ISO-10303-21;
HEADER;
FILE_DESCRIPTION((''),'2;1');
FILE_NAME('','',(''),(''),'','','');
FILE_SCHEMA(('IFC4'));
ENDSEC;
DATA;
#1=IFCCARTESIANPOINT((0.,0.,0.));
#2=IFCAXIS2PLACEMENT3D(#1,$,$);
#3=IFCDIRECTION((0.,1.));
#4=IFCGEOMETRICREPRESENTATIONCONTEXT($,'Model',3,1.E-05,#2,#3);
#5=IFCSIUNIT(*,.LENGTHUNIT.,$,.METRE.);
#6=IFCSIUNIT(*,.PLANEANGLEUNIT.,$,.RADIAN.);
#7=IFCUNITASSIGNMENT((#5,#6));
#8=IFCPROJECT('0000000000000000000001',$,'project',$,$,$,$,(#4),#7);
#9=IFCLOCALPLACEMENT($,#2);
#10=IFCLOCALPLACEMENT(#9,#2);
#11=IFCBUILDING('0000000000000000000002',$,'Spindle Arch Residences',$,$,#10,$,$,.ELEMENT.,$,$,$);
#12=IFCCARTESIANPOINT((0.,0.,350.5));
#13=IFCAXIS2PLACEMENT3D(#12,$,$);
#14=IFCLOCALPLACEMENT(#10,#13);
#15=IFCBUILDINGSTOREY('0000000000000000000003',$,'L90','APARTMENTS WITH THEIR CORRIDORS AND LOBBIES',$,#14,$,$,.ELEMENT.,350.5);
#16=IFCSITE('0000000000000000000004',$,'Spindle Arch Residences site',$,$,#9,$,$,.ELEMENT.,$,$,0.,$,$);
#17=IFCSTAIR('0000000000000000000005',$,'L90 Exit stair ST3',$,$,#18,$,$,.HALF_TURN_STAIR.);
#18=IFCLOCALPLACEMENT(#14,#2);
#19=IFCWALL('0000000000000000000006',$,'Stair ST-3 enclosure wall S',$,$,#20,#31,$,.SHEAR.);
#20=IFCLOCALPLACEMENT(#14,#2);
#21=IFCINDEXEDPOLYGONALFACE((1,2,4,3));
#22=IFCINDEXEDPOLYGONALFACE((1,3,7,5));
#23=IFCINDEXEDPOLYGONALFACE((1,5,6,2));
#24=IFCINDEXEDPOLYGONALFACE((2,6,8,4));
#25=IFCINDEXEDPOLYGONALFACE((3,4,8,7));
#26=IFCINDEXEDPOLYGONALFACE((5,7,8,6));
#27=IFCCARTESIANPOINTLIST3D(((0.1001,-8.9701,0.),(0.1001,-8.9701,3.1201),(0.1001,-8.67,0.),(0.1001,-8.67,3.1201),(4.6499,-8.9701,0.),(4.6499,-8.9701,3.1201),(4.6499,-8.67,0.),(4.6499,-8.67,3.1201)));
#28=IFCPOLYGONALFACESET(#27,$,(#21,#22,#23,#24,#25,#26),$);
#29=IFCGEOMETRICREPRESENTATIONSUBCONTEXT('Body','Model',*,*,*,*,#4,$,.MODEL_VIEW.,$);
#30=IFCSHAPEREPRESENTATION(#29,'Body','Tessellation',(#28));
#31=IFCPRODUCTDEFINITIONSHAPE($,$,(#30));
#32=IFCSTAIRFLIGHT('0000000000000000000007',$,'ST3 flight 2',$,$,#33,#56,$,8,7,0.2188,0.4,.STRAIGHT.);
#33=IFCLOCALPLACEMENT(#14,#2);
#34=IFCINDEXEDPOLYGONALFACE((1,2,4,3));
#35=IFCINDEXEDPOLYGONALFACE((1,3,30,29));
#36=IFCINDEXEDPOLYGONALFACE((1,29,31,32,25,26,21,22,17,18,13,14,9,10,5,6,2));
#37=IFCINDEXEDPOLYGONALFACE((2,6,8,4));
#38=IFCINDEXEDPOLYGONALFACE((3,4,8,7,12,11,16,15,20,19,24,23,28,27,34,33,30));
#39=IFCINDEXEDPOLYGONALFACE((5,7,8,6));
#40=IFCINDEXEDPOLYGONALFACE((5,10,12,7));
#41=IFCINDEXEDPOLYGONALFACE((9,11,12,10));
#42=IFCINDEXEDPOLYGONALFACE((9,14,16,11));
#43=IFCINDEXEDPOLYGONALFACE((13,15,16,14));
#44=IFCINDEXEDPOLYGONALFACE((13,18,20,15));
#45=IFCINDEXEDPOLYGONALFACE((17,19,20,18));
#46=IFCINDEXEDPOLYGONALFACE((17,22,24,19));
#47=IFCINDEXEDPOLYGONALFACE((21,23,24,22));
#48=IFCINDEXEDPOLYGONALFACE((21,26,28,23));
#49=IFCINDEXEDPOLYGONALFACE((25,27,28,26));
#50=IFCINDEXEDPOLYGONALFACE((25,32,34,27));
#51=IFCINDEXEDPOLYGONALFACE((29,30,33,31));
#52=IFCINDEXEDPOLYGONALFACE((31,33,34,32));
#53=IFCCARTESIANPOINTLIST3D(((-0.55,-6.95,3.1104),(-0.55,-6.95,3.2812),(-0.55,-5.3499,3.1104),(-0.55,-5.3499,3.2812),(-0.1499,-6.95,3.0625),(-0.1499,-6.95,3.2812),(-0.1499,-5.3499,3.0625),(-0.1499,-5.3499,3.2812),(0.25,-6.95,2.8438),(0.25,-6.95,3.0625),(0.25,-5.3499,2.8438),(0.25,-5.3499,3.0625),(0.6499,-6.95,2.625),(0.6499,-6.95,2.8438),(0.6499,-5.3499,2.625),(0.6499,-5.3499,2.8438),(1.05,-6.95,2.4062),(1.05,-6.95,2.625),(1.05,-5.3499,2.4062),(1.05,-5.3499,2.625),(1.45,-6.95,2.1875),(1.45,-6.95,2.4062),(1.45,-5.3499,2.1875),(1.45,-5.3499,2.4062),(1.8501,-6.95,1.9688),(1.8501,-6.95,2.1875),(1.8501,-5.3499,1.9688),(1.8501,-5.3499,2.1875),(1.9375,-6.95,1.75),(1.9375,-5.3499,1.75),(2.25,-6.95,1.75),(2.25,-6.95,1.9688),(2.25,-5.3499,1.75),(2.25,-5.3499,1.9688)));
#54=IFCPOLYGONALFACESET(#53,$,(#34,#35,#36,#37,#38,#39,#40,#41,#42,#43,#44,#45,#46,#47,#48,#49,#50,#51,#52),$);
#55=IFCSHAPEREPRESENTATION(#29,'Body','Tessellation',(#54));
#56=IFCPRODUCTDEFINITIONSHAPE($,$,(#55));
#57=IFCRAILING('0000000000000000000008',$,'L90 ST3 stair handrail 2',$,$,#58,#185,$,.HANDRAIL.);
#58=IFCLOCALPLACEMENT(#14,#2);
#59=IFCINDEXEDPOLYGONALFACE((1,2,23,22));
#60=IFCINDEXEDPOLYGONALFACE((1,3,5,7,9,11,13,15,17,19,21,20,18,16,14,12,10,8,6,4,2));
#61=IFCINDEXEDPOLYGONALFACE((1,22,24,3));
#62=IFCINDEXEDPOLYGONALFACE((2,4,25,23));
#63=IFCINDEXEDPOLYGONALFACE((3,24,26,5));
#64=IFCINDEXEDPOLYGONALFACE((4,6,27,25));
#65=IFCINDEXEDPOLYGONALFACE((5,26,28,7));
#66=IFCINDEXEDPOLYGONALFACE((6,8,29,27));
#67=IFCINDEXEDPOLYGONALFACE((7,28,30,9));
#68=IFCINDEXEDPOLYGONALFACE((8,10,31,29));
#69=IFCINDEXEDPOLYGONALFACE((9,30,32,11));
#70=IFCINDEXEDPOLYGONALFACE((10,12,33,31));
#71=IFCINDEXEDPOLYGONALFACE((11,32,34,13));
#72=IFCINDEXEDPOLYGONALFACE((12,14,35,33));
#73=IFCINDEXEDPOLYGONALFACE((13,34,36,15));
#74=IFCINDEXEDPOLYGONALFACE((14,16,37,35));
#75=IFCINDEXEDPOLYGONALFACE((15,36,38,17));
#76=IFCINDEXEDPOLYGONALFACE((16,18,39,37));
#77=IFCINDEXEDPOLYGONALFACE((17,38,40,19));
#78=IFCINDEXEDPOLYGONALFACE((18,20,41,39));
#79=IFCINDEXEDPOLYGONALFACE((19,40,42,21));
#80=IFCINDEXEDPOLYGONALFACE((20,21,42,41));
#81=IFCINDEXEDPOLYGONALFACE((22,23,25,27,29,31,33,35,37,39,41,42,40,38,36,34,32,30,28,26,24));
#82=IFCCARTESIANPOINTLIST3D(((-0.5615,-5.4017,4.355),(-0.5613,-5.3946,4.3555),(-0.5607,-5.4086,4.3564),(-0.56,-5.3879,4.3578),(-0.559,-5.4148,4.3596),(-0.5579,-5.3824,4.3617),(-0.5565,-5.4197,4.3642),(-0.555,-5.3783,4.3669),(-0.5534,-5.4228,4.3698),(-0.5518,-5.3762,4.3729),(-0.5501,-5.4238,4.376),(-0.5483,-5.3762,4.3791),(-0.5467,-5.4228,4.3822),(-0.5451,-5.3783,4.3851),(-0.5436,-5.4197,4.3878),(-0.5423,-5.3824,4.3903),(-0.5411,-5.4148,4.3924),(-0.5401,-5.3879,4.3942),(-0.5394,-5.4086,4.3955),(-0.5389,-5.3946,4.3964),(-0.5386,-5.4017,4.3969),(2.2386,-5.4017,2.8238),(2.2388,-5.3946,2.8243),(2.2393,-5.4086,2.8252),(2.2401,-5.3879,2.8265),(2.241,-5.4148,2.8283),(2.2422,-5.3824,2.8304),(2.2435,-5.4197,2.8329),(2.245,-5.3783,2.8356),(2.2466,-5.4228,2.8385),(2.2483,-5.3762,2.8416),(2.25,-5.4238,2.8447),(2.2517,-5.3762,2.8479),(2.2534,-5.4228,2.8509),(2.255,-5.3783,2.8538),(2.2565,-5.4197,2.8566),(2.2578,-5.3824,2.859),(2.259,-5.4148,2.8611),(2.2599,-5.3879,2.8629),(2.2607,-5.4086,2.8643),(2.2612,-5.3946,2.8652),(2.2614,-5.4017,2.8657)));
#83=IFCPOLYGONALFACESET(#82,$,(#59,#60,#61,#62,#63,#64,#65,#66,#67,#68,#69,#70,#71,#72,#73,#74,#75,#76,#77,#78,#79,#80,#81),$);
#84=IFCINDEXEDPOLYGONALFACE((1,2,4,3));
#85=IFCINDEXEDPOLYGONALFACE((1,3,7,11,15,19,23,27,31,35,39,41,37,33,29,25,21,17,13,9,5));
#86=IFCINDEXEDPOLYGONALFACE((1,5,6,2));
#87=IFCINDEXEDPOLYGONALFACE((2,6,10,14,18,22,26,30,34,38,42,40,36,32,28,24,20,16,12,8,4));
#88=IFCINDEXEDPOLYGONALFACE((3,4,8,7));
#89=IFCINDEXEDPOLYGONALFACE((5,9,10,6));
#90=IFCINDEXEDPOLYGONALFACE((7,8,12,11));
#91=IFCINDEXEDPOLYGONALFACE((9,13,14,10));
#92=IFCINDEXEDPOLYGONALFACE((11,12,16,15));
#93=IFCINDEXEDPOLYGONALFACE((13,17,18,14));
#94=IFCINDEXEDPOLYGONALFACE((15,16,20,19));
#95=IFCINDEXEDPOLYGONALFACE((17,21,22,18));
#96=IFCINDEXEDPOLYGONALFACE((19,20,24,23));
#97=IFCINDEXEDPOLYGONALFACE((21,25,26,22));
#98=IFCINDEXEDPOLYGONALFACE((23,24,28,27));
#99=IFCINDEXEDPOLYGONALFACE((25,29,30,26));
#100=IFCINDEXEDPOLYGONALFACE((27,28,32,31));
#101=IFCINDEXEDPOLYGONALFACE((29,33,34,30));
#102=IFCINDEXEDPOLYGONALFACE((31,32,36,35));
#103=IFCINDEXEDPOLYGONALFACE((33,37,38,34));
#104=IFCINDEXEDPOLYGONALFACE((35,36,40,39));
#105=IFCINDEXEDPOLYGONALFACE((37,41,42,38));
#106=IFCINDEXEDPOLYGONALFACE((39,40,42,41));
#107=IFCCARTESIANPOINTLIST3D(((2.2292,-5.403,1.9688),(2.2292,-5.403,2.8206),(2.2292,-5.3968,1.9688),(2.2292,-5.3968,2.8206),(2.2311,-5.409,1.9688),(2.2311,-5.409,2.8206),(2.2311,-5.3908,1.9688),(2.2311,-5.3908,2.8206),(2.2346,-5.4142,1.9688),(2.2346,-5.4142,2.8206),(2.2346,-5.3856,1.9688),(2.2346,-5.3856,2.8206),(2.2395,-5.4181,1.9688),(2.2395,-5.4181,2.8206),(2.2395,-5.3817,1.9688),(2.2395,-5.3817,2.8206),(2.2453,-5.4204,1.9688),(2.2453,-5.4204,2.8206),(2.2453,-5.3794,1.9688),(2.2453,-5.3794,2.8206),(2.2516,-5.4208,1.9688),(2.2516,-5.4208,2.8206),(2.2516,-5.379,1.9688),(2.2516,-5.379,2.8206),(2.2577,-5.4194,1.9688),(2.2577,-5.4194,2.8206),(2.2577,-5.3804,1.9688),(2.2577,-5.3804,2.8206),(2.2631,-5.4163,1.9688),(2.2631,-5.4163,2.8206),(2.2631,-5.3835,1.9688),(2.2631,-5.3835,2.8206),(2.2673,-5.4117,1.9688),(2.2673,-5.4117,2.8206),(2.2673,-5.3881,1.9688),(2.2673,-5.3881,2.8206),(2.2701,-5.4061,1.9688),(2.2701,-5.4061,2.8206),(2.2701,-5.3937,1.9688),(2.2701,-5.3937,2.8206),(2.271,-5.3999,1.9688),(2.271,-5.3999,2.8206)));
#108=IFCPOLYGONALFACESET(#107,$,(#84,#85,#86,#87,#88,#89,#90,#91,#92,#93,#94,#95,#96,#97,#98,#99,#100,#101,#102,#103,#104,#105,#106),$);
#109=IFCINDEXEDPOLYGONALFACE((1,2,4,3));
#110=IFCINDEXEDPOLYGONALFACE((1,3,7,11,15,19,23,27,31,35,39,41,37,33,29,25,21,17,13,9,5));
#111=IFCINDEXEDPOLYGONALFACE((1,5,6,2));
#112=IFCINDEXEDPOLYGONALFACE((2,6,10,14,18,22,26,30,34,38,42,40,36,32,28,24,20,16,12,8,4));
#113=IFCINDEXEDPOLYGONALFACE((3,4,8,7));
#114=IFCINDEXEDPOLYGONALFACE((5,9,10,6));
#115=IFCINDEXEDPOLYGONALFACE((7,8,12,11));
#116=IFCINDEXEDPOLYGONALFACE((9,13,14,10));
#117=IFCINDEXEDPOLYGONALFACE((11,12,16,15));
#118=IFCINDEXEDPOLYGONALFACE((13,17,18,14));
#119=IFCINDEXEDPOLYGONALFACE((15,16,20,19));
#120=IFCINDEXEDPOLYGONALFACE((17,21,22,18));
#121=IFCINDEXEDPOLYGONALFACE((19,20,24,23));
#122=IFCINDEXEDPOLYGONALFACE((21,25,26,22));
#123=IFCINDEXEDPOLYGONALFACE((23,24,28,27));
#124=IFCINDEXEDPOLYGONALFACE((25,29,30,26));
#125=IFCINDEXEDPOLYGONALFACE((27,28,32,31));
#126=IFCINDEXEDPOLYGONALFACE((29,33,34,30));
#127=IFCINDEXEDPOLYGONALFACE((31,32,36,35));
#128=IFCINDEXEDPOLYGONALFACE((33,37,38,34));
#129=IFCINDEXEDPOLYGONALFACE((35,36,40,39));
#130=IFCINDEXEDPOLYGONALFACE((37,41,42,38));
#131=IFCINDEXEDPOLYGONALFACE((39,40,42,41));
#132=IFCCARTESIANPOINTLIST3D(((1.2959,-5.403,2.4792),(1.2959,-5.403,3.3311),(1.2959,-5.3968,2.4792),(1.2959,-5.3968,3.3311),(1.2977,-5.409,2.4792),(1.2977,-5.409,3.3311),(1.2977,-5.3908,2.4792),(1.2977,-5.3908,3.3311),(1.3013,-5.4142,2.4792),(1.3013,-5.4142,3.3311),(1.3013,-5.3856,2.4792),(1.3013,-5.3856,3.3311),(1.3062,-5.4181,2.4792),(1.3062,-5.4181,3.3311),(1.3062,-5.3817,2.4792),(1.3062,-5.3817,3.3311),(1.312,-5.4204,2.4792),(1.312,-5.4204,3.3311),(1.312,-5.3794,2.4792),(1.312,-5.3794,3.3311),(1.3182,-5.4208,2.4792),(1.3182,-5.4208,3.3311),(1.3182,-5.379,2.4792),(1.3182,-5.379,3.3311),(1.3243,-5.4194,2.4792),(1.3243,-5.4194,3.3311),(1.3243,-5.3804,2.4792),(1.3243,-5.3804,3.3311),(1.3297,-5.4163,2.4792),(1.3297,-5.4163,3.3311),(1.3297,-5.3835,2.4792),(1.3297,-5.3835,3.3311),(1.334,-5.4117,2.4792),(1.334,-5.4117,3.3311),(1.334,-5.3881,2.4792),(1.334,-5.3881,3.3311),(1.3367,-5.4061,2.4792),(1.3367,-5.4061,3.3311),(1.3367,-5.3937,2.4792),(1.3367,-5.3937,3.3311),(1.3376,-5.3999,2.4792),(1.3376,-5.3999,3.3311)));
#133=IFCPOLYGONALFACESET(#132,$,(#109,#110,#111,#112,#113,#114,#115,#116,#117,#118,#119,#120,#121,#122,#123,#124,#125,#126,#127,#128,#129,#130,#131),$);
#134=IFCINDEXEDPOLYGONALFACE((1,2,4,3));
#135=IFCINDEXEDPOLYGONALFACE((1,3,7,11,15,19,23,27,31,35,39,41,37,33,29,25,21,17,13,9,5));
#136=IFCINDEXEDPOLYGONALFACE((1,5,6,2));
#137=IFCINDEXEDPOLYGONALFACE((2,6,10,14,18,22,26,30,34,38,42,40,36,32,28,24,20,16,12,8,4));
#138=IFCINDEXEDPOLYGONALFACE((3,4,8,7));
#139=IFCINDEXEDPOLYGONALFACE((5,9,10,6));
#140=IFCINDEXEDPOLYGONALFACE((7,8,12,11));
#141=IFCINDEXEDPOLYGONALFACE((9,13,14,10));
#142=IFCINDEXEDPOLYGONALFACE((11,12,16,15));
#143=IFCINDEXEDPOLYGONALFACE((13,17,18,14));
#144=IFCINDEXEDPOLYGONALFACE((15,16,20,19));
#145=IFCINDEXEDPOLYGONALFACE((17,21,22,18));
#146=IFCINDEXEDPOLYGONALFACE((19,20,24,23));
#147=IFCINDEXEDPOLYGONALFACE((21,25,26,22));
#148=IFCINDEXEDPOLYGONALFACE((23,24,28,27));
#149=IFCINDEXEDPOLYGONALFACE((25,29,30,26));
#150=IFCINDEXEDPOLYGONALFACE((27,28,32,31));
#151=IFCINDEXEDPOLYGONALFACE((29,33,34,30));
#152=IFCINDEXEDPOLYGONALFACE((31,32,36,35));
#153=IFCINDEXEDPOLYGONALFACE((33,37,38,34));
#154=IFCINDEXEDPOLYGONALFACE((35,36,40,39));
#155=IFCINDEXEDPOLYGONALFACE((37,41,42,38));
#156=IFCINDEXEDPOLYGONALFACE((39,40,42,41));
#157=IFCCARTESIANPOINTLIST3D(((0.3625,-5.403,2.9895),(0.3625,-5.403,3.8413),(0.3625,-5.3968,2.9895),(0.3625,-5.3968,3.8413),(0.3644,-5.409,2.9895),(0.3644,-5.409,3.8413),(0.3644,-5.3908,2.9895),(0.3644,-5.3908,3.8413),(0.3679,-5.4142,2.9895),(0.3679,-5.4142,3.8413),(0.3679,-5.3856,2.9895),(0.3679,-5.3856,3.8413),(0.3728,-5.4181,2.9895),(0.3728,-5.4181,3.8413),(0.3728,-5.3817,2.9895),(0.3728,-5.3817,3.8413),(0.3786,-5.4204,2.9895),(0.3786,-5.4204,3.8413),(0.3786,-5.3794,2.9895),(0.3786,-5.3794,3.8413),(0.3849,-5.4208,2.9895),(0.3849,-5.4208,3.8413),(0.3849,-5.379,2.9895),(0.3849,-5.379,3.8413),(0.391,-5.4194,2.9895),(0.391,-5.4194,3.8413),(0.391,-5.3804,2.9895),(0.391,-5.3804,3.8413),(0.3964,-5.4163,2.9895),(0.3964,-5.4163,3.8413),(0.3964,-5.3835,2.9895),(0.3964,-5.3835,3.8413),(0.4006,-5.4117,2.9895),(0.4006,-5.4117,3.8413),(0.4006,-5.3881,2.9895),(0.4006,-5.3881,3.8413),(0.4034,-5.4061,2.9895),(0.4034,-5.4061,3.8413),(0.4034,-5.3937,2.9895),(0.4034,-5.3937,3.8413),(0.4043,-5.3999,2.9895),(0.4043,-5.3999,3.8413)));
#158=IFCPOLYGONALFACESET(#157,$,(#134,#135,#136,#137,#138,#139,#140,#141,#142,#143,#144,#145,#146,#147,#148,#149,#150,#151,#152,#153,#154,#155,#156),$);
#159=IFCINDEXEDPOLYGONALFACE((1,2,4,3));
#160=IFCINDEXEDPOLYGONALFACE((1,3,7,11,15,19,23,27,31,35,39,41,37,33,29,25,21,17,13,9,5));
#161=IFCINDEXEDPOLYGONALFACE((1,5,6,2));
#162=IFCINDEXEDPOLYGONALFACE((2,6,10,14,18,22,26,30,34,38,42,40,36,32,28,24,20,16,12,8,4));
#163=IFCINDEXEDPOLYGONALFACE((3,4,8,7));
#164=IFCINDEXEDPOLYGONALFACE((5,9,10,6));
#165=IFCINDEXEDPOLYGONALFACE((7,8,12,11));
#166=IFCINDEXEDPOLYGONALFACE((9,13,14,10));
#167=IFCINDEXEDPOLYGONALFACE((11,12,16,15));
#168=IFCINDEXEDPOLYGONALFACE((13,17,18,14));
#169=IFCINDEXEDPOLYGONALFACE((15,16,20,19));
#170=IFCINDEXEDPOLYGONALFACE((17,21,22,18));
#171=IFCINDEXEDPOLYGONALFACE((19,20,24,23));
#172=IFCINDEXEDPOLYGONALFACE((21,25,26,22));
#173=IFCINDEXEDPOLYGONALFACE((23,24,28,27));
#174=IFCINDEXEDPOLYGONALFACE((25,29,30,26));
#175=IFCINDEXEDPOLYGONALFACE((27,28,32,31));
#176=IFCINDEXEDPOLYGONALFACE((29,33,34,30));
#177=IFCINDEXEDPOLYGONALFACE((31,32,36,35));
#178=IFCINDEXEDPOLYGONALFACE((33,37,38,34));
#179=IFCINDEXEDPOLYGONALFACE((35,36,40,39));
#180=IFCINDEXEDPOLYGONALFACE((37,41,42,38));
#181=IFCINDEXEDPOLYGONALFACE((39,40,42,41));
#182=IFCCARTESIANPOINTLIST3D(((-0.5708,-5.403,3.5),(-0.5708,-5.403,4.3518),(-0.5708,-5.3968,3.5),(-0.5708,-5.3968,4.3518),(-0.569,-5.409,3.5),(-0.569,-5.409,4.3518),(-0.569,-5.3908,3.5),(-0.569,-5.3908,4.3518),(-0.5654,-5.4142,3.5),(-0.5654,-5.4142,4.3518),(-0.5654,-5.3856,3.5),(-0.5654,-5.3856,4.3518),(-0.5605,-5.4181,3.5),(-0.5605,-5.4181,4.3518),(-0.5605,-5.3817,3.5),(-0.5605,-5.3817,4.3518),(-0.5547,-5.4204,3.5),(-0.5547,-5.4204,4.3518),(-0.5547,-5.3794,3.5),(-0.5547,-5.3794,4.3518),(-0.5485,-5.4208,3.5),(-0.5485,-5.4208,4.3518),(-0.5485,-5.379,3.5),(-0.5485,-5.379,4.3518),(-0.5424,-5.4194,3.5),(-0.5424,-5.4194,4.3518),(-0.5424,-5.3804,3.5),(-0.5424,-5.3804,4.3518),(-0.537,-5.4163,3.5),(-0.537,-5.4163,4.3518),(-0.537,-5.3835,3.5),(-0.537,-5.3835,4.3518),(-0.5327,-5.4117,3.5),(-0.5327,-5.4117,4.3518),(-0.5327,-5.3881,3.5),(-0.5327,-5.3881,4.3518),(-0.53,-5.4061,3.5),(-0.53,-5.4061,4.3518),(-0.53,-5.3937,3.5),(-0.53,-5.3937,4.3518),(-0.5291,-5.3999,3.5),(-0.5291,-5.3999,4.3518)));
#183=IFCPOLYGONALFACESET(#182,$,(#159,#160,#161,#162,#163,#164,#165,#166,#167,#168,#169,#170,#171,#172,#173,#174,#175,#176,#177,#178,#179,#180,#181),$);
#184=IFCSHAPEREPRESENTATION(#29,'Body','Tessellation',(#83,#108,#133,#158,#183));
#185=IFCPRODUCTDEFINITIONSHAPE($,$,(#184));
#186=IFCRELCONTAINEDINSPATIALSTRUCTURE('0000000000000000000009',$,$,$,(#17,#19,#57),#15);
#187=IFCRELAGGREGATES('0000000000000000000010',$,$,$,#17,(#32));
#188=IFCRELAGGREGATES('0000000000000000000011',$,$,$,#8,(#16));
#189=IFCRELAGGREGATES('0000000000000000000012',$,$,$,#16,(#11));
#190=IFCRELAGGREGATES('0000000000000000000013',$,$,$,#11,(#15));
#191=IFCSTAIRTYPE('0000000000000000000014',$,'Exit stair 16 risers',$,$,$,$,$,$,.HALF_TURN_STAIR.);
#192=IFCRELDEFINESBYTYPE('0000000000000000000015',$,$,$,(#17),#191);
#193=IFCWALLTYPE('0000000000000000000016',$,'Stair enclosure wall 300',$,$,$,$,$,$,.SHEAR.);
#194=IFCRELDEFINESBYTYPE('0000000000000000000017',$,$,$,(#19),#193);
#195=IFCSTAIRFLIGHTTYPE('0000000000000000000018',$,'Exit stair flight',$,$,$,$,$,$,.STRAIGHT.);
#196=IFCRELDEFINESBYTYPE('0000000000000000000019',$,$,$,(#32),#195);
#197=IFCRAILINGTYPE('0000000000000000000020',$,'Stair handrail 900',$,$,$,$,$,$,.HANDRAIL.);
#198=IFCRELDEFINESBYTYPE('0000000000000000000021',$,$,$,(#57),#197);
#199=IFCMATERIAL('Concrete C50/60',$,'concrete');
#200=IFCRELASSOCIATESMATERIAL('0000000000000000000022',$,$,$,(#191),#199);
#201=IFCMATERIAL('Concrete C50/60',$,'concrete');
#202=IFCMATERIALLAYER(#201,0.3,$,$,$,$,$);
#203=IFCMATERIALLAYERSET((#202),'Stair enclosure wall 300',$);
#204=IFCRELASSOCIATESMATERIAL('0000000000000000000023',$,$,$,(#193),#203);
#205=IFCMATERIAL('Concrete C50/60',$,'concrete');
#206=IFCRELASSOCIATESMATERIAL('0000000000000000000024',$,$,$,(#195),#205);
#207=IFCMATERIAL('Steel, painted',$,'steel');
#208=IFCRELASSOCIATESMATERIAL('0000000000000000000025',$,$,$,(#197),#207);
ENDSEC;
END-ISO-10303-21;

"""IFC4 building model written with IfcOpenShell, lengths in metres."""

from ifc_helpers import new_model, si_unit, direction, frame, frame_2d, origin, origin_2d, place, context, subcontext, project, spatial, polyline, rectangle, circle, outline, extrude, material, layer, layer_set, type_object, element, aggregate, save


model = new_model("IFC4")

# Units and contexts
model_context = context("Model", 3, precision=1e-05, world=origin(), true_north=direction((0.0, 1.0)))
body_context = subcontext(model_context, "Body", "Model", "MODEL_VIEW")
ifc_project = project(units=[si_unit("LENGTHUNIT", "METRE"), si_unit("PLANEANGLEUNIT", "RADIAN")], contexts=[model_context])

# Site, building, storey
site_placement = place(None, origin())
site = spatial("IfcSite", under=ifc_project, at=site_placement, Name="Spindle Arch Residences site", CompositionType="ELEMENT", RefElevation=0.0)
building_placement = place(site_placement, origin())
building = spatial("IfcBuilding", under=site, at=building_placement, Name="Spindle Arch Residences", CompositionType="ELEMENT")
storey_placement = place(building_placement, frame((0.0, 0.0, 350.5)))
storey = spatial("IfcBuildingStorey", under=building, at=storey_placement, Name="L90", Description="APARTMENTS WITH THEIR CORRIDORS AND LOBBIES", CompositionType="ELEMENT", Elevation=350.5)

# Stair
ifc_material_1 = material(Name="Concrete C50/60", Category="concrete")
stair_type = type_object("IfcStairType", Name="Exit stair 16 risers", PredefinedType="HALF_TURN_STAIR", material=ifc_material_1)
stair_1_placement = place(storey_placement, origin())
stair_1 = element("IfcStair", 1, at=stair_1_placement, inside=storey, type_object=stair_type, Name="L90 Exit stair ST3", PredefinedType="HALF_TURN_STAIR")

# Wall
ifc_material_2 = material(Name="Concrete C50/60", Category="concrete")
ifc_layer_1 = layer(ifc_material_2, 0.3)
ifc_layer_set_1 = layer_set([ifc_layer_1], Name="Stair enclosure wall 300")
wall_type_1 = type_object("IfcWallType", Name="Stair enclosure wall 300", PredefinedType="SHEAR", material=ifc_layer_set_1)
wall_1_placement = place(storey_placement, frame((0.1001, -8.8201, 0.0), z_axis=(0.0, 0.0, 1.0), x_axis=(1.0, 0.0, 0.0)))
element("IfcWall", 2, at=wall_1_placement, inside=storey, type_object=wall_type_1, Name="Stair ST-3 enclosure wall S", PredefinedType="SHEAR", context=body_context, shape_type="SweptSolid", body=[
    extrude(rectangle(XDim=4.5498, YDim=0.3, at=frame_2d((2.2749, 0.0))), origin(), (0.0, 0.0, 1.0), 3.1201),
])

# Stair flight
ifc_material_3 = material(Name="Concrete C50/60", Category="concrete")
stair_flight_type = type_object("IfcStairFlightType", Name="Exit stair flight", PredefinedType="STRAIGHT", material=ifc_material_3)
stair_flight_placement = place(storey_placement, frame((2.25, -6.1499, 1.75), z_axis=(0.0, 0.0, 1.0), x_axis=(-1.0, 0.0, 0.0)))
stair_flight = element("IfcStairFlight", 3, at=stair_flight_placement, type_object=stair_flight_type, Name="ST3 flight 2", NumberOfRisers=8, NumberOfTreads=7, PredefinedType="STRAIGHT", RiserHeight=0.2188, TreadLength=0.4, context=body_context, shape_type="SweptSolid", body=[
    extrude(outline(polyline([(0.0, 0.0), (0.0, 0.2188), (0.3999, 0.2188), (0.3999, 0.4375), (0.8, 0.4375), (0.8, 0.6562), (1.2, 0.6562), (1.2, 0.875), (1.6001, 0.875), (1.6001, 1.0938), (2.0, 1.0938), (2.0, 1.3125), (2.3999, 1.3125), (2.3999, 1.5312), (2.8, 1.5312), (2.8, 1.75), (2.8, 1.3604), (0.3125, 0.0), (0.0, 0.0)])), frame((0.0, 0.8, 0.0), z_axis=(0.0, -1.0, 0.0), x_axis=(1.0, 0.0, 0.0)), (0.0, 0.0, 1.0), 1.6001),
])
aggregate(stair_1, [stair_flight])

# Railing
ifc_material_4 = material(Name="Steel, painted", Category="steel")
railing_type = type_object("IfcRailingType", Name="Stair handrail 900", PredefinedType="HANDRAIL", material=ifc_material_4)
railing_placement = place(storey_placement, frame((2.25, -5.3999, 1.9688)))
element("IfcRailing", 4, at=railing_placement, inside=storey, type_object=railing_type, Name="L90 ST3 stair handrail 2", PredefinedType="HANDRAIL", context=body_context, shape_type="SweptSolid", body=[
    extrude(circle(Radius=0.0239, at=origin_2d()), frame((0.0, 0.0, 0.876), z_axis=(-0.877375, 0.0, 0.479806), x_axis=(0.0, -1.0, 0.0)), (0.0, 0.0, 1.0), 3.1914),
    extrude(circle(Radius=0.021, at=origin_2d()), origin(), (0.0, 0.0, 1.0), 0.8518),
    extrude(circle(Radius=0.021, at=origin_2d()), frame((-0.9333, 0.0, 0.5105)), (0.0, 0.0, 1.0), 0.8518),
    extrude(circle(Radius=0.021, at=origin_2d()), frame((-1.8667, 0.0, 1.0208)), (0.0, 0.0, 1.0), 0.8518),
    extrude(circle(Radius=0.021, at=origin_2d()), frame((-2.8, 0.0, 1.5312)), (0.0, 0.0, 1.0), 0.8518),
])

save(model, "model.ifc")
